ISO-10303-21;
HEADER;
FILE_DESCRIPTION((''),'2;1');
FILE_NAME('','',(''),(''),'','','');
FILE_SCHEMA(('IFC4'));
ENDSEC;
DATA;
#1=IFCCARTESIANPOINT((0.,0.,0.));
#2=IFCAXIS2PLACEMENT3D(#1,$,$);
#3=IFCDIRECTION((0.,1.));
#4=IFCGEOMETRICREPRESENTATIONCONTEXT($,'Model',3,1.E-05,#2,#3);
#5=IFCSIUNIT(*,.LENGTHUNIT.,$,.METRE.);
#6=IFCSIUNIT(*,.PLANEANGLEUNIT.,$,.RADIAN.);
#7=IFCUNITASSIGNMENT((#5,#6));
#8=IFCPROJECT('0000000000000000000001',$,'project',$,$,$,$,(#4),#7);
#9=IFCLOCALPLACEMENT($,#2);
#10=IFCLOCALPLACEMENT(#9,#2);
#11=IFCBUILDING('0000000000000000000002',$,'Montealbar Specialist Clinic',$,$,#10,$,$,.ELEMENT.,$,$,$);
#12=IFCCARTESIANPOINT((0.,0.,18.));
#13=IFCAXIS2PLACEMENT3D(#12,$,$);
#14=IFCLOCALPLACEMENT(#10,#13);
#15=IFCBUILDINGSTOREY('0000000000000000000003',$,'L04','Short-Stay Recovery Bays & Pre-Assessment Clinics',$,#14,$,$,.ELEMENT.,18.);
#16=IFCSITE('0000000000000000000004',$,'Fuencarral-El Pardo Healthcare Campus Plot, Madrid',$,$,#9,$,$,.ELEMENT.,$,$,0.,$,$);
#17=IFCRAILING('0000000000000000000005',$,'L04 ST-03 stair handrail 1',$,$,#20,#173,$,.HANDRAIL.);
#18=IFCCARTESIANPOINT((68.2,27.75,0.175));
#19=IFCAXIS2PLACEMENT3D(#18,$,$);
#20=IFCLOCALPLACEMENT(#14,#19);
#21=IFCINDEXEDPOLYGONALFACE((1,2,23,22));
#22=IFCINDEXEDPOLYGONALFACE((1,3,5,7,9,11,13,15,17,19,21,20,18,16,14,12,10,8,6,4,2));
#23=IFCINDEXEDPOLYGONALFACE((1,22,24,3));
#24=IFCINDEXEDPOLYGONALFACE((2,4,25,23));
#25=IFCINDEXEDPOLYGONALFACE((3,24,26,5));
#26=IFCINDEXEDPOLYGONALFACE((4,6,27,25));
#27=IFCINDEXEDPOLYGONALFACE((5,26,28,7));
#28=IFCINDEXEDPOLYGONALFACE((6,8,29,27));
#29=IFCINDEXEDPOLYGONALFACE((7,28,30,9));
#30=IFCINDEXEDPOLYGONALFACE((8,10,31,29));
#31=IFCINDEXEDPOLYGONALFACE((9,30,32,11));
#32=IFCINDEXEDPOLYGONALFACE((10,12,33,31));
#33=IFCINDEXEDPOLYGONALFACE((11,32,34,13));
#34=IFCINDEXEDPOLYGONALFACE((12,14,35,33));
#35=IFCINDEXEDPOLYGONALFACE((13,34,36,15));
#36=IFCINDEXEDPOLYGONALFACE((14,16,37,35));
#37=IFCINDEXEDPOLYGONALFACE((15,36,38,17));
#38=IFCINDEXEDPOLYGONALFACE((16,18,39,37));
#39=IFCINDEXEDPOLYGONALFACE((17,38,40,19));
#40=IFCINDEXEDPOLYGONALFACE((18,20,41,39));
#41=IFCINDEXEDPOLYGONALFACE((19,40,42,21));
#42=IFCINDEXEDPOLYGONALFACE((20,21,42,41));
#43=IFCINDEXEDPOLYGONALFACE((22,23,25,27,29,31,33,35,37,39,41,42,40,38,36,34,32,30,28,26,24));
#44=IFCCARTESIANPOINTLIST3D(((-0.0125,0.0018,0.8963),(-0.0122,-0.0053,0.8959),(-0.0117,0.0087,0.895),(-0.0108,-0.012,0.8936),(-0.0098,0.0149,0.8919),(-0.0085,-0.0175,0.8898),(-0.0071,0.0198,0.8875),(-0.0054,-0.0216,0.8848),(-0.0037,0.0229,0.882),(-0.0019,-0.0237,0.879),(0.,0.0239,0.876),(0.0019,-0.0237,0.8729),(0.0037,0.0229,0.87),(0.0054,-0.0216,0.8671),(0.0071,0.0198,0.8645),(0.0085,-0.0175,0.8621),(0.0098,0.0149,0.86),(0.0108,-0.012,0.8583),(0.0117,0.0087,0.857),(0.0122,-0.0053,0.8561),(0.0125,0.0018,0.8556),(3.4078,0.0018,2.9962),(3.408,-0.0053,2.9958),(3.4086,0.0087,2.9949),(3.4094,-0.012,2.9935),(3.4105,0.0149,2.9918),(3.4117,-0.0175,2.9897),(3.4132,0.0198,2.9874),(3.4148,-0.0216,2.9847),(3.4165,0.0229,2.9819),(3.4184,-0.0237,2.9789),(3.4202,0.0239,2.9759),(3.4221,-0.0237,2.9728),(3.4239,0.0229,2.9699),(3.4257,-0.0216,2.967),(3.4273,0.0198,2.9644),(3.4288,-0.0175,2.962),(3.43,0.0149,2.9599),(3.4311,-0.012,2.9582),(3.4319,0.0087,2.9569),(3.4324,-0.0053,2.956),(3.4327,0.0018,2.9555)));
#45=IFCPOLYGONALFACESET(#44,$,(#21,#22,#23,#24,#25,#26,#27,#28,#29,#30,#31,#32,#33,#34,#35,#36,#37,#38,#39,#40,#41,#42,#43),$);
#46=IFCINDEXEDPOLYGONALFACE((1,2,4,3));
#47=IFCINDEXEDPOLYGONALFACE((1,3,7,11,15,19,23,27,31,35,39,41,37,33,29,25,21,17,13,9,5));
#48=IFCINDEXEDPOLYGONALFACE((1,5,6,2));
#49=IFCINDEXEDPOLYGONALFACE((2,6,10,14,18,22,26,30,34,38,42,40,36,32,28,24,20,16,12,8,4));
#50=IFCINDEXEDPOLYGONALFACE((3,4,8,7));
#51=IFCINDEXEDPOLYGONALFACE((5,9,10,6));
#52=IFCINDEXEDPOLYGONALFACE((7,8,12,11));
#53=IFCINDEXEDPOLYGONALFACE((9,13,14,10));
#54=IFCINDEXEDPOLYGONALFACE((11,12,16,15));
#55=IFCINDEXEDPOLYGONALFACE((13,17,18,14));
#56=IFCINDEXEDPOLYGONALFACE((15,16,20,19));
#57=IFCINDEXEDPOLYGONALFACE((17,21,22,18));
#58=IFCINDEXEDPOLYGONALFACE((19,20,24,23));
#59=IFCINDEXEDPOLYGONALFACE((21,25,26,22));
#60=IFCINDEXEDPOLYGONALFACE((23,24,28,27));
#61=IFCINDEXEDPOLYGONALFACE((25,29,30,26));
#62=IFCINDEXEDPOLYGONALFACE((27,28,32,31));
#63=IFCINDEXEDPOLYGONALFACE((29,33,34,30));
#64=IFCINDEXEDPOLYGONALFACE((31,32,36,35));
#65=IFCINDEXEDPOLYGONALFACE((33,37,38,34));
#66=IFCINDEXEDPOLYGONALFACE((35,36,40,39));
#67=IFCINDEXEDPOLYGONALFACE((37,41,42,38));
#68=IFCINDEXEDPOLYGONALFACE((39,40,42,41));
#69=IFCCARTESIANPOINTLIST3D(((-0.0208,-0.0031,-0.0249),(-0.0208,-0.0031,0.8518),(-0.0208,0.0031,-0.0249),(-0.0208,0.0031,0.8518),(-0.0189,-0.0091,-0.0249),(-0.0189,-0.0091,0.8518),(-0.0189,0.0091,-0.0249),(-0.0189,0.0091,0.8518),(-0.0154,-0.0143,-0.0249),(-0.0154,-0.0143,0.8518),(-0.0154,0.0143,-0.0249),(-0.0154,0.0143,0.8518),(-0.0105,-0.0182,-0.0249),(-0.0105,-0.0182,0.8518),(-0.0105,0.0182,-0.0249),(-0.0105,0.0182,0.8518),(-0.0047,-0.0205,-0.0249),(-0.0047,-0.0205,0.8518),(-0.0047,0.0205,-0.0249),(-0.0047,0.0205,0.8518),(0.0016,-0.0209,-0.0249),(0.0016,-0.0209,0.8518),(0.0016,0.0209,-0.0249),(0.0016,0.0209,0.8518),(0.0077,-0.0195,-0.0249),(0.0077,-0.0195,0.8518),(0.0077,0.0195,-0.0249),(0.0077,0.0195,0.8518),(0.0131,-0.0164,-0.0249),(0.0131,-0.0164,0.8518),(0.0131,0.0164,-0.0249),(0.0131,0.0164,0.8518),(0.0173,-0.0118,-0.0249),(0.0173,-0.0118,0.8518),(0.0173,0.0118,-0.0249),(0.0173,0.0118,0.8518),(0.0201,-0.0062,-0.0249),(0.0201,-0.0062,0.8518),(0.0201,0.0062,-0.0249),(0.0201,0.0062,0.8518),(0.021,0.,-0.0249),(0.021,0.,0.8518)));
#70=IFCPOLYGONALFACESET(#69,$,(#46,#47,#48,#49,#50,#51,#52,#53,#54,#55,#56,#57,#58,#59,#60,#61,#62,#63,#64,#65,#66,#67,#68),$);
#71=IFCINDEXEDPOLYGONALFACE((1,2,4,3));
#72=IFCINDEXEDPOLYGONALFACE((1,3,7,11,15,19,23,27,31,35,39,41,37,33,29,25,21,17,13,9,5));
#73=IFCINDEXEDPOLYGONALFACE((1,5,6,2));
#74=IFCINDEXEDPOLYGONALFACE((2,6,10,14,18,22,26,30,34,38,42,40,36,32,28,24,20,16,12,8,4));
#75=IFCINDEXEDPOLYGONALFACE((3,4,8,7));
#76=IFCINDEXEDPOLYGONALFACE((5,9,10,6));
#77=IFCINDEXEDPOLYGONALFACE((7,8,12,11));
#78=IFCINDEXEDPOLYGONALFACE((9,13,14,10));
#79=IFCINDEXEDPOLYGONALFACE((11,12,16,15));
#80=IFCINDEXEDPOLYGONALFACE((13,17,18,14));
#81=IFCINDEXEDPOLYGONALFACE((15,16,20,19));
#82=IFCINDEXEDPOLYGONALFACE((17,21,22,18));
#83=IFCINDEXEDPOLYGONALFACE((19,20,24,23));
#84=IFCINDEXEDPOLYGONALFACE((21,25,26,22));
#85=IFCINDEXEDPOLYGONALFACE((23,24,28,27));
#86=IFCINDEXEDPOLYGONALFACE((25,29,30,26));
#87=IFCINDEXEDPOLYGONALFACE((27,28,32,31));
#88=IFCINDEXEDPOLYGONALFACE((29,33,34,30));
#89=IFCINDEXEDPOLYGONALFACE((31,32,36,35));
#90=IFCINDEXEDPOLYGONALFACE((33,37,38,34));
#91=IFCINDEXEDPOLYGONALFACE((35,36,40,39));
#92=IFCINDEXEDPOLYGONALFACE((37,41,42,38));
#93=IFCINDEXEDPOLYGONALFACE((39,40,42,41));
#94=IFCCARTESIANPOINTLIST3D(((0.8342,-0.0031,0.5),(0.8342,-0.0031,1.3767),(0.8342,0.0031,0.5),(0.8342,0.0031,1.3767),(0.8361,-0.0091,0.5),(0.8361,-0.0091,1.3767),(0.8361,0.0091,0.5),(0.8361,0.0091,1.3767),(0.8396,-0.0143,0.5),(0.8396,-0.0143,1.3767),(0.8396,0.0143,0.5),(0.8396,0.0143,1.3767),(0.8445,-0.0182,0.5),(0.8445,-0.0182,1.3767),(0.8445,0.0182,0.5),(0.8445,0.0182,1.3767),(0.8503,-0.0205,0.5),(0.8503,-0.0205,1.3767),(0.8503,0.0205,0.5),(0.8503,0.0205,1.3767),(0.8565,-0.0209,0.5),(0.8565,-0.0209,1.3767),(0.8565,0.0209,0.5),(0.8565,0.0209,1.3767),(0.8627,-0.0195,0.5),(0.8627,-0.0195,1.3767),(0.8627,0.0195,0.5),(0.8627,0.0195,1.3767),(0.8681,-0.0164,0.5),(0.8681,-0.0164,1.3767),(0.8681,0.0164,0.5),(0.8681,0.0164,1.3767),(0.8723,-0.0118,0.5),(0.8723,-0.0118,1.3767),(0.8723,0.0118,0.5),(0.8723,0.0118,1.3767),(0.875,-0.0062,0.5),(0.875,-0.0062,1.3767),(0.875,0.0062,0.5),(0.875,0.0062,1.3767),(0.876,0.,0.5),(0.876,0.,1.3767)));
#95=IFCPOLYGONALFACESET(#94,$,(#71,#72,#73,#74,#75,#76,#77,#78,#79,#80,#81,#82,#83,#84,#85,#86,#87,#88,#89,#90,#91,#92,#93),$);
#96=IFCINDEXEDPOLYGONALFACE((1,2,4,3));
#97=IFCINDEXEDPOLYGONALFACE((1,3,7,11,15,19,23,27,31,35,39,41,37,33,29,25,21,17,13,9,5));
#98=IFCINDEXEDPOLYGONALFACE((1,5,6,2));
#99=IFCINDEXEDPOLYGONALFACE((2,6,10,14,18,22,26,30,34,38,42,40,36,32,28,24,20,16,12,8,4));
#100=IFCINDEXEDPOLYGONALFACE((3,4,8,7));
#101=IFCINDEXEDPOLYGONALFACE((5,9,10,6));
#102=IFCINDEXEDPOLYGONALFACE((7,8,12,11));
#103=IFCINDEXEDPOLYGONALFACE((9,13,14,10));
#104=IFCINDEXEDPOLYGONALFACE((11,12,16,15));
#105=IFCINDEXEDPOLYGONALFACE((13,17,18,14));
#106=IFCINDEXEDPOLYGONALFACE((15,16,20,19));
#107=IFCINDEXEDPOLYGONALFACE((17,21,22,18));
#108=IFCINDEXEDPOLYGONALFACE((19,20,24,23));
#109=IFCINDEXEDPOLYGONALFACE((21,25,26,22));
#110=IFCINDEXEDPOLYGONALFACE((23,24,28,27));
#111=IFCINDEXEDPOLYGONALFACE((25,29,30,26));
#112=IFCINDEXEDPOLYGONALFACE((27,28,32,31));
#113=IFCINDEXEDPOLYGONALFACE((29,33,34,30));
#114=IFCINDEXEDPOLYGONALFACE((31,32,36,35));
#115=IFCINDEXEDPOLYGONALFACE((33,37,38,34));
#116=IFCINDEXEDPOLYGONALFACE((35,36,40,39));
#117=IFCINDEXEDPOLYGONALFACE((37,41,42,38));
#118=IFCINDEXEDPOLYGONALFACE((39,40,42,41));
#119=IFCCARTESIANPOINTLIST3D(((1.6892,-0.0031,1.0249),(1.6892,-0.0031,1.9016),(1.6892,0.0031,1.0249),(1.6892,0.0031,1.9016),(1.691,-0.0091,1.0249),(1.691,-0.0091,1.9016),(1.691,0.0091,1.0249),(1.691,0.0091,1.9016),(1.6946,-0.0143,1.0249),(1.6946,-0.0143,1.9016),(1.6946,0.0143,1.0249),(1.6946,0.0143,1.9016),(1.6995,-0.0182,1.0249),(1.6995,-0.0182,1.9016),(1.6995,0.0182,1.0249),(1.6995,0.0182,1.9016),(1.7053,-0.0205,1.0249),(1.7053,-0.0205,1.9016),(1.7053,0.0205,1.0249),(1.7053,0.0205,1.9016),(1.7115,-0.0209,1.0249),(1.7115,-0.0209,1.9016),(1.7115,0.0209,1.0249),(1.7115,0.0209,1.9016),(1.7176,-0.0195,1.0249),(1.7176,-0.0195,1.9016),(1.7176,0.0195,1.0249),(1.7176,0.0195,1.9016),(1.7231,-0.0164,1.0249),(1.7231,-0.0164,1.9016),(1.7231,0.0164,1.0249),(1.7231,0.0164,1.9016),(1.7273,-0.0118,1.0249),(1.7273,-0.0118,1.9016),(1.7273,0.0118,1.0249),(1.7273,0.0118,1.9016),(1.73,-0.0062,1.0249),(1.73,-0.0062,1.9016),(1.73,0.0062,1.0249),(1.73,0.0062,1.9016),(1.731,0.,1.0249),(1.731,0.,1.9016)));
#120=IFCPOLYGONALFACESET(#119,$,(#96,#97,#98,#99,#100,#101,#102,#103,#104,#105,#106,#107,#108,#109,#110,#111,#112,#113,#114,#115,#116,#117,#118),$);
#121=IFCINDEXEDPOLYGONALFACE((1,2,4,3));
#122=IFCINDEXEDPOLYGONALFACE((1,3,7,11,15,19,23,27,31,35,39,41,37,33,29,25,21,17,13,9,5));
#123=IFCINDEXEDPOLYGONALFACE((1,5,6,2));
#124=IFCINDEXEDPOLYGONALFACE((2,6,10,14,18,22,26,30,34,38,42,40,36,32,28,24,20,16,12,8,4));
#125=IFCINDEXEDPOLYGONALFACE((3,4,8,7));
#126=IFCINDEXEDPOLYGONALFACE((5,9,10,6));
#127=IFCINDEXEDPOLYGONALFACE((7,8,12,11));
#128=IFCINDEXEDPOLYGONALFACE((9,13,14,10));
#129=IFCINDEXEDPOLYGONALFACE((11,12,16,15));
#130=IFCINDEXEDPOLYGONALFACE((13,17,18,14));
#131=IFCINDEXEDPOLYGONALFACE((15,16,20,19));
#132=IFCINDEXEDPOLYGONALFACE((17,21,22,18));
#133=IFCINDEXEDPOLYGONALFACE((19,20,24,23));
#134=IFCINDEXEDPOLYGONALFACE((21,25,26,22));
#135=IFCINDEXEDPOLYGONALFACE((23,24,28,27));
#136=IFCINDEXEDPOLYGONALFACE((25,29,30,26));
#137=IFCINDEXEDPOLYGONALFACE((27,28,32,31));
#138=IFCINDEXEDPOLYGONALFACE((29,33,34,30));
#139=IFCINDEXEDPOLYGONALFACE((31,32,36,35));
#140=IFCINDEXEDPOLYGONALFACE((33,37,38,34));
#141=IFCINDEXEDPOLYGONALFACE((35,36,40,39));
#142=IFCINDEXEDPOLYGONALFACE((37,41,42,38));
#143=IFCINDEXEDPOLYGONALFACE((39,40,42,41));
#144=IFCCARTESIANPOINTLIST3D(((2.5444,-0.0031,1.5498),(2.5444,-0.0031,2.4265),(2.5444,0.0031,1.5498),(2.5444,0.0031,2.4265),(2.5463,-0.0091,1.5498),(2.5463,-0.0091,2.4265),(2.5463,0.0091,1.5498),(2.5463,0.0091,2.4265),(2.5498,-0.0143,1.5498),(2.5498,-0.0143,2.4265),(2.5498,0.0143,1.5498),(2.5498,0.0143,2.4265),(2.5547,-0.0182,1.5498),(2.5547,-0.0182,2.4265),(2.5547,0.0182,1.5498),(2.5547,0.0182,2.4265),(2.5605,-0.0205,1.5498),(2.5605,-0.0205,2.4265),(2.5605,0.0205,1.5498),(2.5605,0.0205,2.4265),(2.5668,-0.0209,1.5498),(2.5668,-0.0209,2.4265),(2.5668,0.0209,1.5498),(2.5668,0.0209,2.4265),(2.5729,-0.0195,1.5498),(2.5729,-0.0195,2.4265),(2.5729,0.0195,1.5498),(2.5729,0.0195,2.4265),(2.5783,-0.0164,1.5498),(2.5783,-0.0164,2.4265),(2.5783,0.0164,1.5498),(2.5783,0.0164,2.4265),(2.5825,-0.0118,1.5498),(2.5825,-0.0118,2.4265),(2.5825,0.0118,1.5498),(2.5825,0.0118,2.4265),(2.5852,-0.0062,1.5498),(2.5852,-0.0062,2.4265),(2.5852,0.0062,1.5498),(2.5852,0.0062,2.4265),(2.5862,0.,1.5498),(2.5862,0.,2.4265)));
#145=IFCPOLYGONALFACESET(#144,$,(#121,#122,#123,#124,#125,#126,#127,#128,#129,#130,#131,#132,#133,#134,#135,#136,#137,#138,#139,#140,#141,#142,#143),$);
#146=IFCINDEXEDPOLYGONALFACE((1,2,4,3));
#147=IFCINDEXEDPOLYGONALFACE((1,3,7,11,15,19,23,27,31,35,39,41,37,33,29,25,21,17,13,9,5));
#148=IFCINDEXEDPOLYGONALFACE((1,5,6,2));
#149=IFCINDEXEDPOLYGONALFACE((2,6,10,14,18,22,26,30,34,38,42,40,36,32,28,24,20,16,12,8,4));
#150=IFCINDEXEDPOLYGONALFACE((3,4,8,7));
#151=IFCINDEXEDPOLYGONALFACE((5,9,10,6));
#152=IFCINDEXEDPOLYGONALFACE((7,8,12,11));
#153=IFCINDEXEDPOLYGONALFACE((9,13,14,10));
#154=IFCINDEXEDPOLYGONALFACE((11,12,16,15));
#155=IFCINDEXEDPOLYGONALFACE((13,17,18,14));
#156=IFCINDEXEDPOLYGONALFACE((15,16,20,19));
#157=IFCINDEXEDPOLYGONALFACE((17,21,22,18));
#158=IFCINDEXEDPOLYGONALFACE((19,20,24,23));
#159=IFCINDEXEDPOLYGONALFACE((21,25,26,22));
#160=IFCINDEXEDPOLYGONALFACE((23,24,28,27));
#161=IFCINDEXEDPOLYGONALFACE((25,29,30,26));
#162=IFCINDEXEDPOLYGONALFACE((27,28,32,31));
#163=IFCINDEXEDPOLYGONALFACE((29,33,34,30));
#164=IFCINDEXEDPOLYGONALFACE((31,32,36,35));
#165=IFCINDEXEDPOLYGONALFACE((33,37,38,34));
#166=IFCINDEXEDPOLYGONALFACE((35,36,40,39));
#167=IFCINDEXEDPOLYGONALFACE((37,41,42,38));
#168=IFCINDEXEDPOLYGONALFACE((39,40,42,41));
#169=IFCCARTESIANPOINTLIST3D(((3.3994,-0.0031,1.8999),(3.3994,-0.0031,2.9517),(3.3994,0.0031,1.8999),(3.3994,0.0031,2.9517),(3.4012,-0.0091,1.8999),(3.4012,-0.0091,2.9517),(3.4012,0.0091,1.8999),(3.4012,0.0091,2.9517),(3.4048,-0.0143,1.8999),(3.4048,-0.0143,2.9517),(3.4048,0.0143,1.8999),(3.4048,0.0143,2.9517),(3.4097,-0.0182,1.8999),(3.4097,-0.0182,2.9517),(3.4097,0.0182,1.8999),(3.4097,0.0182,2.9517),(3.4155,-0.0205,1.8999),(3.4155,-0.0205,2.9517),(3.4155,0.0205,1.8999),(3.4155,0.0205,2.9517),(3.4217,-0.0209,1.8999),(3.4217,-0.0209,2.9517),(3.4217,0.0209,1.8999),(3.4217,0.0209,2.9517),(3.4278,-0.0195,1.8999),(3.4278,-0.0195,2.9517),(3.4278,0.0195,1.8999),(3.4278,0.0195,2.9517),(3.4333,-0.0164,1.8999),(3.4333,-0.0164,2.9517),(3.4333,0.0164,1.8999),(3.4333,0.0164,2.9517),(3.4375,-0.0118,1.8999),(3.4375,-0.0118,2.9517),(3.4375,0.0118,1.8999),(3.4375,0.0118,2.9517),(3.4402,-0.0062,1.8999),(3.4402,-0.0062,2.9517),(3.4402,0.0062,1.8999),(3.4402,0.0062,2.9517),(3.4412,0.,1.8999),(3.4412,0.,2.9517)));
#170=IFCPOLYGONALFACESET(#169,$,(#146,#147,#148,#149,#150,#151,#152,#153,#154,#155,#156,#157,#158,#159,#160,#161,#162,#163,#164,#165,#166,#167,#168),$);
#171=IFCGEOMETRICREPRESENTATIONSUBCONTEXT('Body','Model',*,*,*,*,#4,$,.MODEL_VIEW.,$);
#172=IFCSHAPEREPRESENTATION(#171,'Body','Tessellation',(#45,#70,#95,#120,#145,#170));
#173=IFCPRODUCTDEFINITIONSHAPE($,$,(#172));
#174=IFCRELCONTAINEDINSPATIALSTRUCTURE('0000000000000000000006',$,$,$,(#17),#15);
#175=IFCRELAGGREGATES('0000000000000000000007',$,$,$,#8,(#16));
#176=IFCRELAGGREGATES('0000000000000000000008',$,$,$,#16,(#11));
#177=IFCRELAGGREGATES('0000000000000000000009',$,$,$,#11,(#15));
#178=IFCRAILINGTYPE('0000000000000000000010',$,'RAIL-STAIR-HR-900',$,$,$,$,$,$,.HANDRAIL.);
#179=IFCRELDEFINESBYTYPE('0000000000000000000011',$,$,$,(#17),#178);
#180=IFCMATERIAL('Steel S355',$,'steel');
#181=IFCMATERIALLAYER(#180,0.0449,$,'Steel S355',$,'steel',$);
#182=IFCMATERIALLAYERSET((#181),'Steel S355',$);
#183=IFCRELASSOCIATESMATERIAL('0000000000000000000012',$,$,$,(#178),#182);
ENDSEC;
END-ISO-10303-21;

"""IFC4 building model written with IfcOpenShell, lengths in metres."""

from ifc_helpers import new_model, si_unit, direction, frame, origin, origin_2d, place, context, subcontext, project, spatial, circle, extrude, material, layer, layer_set, type_object, element, save


model = new_model("IFC4")

# Units and contexts
model_context = context("Model", 3, precision=1e-05, world=origin(), true_north=direction((0.0, 1.0)))
body_context = subcontext(model_context, "Body", "Model", "MODEL_VIEW")
ifc_project = project(units=[si_unit("LENGTHUNIT", "METRE"), si_unit("PLANEANGLEUNIT", "RADIAN")], contexts=[model_context])

# Site, building, storey
site_placement = place(None, origin())
site = spatial("IfcSite", under=ifc_project, at=site_placement, Name="Fuencarral-El Pardo Healthcare Campus Plot, Madrid", CompositionType="ELEMENT", RefElevation=0.0)
building_placement = place(site_placement, origin())
building = spatial("IfcBuilding", under=site, at=building_placement, Name="Montealbar Specialist Clinic", CompositionType="ELEMENT")
storey_placement = place(building_placement, frame((0.0, 0.0, 18.0)))
storey = spatial("IfcBuildingStorey", under=building, at=storey_placement, Name="L04", Description="Short-Stay Recovery Bays & Pre-Assessment Clinics", CompositionType="ELEMENT", Elevation=18.0)

# Shared definitions
ifc_material_1 = material(Name="Steel S355", Category="steel")

# Railing
ifc_layer_1 = layer(ifc_material_1, 0.0449, Name="Steel S355", Category="steel")
ifc_layer_set_1 = layer_set([ifc_layer_1], Name="Steel S355")
railing_type_1 = type_object("IfcRailingType", Name="RAIL-STAIR-HR-900", PredefinedType="HANDRAIL", material=ifc_layer_set_1)
railing_1_placement = place(storey_placement, frame((68.2, 27.75, 0.175)))
element("IfcRailing", 1, at=railing_1_placement, inside=storey, type_object=railing_type_1, Name="L04 ST-03 stair handrail 1", PredefinedType="HANDRAIL", context=body_context, shape_type="SweptSolid", body=[
    extrude(circle(Radius=0.0239, at=origin_2d()), frame((0.0, 0.0, 0.876), z_axis=(0.852199, 0.0, 0.523218), x_axis=(0.0, 1.0, 0.0)), (0.0, 0.0, 1.0), 4.0134),
    extrude(circle(Radius=0.021, at=origin_2d()), frame((0.0, 0.0, -0.0249)), (0.0, 0.0, 1.0), 0.8767),
    extrude(circle(Radius=0.021, at=origin_2d()), frame((0.855, 0.0, 0.5)), (0.0, 0.0, 1.0), 0.8767),
    extrude(circle(Radius=0.021, at=origin_2d()), frame((1.71, 0.0, 1.0249)), (0.0, 0.0, 1.0), 0.8767),
    extrude(circle(Radius=0.021, at=origin_2d()), frame((2.5652, 0.0, 1.5498)), (0.0, 0.0, 1.0), 0.8767),
    extrude(circle(Radius=0.021, at=origin_2d()), frame((3.4202, 0.0, 1.8999)), (0.0, 0.0, 1.0), 1.0518),
])

save(model, "model.ifc")
